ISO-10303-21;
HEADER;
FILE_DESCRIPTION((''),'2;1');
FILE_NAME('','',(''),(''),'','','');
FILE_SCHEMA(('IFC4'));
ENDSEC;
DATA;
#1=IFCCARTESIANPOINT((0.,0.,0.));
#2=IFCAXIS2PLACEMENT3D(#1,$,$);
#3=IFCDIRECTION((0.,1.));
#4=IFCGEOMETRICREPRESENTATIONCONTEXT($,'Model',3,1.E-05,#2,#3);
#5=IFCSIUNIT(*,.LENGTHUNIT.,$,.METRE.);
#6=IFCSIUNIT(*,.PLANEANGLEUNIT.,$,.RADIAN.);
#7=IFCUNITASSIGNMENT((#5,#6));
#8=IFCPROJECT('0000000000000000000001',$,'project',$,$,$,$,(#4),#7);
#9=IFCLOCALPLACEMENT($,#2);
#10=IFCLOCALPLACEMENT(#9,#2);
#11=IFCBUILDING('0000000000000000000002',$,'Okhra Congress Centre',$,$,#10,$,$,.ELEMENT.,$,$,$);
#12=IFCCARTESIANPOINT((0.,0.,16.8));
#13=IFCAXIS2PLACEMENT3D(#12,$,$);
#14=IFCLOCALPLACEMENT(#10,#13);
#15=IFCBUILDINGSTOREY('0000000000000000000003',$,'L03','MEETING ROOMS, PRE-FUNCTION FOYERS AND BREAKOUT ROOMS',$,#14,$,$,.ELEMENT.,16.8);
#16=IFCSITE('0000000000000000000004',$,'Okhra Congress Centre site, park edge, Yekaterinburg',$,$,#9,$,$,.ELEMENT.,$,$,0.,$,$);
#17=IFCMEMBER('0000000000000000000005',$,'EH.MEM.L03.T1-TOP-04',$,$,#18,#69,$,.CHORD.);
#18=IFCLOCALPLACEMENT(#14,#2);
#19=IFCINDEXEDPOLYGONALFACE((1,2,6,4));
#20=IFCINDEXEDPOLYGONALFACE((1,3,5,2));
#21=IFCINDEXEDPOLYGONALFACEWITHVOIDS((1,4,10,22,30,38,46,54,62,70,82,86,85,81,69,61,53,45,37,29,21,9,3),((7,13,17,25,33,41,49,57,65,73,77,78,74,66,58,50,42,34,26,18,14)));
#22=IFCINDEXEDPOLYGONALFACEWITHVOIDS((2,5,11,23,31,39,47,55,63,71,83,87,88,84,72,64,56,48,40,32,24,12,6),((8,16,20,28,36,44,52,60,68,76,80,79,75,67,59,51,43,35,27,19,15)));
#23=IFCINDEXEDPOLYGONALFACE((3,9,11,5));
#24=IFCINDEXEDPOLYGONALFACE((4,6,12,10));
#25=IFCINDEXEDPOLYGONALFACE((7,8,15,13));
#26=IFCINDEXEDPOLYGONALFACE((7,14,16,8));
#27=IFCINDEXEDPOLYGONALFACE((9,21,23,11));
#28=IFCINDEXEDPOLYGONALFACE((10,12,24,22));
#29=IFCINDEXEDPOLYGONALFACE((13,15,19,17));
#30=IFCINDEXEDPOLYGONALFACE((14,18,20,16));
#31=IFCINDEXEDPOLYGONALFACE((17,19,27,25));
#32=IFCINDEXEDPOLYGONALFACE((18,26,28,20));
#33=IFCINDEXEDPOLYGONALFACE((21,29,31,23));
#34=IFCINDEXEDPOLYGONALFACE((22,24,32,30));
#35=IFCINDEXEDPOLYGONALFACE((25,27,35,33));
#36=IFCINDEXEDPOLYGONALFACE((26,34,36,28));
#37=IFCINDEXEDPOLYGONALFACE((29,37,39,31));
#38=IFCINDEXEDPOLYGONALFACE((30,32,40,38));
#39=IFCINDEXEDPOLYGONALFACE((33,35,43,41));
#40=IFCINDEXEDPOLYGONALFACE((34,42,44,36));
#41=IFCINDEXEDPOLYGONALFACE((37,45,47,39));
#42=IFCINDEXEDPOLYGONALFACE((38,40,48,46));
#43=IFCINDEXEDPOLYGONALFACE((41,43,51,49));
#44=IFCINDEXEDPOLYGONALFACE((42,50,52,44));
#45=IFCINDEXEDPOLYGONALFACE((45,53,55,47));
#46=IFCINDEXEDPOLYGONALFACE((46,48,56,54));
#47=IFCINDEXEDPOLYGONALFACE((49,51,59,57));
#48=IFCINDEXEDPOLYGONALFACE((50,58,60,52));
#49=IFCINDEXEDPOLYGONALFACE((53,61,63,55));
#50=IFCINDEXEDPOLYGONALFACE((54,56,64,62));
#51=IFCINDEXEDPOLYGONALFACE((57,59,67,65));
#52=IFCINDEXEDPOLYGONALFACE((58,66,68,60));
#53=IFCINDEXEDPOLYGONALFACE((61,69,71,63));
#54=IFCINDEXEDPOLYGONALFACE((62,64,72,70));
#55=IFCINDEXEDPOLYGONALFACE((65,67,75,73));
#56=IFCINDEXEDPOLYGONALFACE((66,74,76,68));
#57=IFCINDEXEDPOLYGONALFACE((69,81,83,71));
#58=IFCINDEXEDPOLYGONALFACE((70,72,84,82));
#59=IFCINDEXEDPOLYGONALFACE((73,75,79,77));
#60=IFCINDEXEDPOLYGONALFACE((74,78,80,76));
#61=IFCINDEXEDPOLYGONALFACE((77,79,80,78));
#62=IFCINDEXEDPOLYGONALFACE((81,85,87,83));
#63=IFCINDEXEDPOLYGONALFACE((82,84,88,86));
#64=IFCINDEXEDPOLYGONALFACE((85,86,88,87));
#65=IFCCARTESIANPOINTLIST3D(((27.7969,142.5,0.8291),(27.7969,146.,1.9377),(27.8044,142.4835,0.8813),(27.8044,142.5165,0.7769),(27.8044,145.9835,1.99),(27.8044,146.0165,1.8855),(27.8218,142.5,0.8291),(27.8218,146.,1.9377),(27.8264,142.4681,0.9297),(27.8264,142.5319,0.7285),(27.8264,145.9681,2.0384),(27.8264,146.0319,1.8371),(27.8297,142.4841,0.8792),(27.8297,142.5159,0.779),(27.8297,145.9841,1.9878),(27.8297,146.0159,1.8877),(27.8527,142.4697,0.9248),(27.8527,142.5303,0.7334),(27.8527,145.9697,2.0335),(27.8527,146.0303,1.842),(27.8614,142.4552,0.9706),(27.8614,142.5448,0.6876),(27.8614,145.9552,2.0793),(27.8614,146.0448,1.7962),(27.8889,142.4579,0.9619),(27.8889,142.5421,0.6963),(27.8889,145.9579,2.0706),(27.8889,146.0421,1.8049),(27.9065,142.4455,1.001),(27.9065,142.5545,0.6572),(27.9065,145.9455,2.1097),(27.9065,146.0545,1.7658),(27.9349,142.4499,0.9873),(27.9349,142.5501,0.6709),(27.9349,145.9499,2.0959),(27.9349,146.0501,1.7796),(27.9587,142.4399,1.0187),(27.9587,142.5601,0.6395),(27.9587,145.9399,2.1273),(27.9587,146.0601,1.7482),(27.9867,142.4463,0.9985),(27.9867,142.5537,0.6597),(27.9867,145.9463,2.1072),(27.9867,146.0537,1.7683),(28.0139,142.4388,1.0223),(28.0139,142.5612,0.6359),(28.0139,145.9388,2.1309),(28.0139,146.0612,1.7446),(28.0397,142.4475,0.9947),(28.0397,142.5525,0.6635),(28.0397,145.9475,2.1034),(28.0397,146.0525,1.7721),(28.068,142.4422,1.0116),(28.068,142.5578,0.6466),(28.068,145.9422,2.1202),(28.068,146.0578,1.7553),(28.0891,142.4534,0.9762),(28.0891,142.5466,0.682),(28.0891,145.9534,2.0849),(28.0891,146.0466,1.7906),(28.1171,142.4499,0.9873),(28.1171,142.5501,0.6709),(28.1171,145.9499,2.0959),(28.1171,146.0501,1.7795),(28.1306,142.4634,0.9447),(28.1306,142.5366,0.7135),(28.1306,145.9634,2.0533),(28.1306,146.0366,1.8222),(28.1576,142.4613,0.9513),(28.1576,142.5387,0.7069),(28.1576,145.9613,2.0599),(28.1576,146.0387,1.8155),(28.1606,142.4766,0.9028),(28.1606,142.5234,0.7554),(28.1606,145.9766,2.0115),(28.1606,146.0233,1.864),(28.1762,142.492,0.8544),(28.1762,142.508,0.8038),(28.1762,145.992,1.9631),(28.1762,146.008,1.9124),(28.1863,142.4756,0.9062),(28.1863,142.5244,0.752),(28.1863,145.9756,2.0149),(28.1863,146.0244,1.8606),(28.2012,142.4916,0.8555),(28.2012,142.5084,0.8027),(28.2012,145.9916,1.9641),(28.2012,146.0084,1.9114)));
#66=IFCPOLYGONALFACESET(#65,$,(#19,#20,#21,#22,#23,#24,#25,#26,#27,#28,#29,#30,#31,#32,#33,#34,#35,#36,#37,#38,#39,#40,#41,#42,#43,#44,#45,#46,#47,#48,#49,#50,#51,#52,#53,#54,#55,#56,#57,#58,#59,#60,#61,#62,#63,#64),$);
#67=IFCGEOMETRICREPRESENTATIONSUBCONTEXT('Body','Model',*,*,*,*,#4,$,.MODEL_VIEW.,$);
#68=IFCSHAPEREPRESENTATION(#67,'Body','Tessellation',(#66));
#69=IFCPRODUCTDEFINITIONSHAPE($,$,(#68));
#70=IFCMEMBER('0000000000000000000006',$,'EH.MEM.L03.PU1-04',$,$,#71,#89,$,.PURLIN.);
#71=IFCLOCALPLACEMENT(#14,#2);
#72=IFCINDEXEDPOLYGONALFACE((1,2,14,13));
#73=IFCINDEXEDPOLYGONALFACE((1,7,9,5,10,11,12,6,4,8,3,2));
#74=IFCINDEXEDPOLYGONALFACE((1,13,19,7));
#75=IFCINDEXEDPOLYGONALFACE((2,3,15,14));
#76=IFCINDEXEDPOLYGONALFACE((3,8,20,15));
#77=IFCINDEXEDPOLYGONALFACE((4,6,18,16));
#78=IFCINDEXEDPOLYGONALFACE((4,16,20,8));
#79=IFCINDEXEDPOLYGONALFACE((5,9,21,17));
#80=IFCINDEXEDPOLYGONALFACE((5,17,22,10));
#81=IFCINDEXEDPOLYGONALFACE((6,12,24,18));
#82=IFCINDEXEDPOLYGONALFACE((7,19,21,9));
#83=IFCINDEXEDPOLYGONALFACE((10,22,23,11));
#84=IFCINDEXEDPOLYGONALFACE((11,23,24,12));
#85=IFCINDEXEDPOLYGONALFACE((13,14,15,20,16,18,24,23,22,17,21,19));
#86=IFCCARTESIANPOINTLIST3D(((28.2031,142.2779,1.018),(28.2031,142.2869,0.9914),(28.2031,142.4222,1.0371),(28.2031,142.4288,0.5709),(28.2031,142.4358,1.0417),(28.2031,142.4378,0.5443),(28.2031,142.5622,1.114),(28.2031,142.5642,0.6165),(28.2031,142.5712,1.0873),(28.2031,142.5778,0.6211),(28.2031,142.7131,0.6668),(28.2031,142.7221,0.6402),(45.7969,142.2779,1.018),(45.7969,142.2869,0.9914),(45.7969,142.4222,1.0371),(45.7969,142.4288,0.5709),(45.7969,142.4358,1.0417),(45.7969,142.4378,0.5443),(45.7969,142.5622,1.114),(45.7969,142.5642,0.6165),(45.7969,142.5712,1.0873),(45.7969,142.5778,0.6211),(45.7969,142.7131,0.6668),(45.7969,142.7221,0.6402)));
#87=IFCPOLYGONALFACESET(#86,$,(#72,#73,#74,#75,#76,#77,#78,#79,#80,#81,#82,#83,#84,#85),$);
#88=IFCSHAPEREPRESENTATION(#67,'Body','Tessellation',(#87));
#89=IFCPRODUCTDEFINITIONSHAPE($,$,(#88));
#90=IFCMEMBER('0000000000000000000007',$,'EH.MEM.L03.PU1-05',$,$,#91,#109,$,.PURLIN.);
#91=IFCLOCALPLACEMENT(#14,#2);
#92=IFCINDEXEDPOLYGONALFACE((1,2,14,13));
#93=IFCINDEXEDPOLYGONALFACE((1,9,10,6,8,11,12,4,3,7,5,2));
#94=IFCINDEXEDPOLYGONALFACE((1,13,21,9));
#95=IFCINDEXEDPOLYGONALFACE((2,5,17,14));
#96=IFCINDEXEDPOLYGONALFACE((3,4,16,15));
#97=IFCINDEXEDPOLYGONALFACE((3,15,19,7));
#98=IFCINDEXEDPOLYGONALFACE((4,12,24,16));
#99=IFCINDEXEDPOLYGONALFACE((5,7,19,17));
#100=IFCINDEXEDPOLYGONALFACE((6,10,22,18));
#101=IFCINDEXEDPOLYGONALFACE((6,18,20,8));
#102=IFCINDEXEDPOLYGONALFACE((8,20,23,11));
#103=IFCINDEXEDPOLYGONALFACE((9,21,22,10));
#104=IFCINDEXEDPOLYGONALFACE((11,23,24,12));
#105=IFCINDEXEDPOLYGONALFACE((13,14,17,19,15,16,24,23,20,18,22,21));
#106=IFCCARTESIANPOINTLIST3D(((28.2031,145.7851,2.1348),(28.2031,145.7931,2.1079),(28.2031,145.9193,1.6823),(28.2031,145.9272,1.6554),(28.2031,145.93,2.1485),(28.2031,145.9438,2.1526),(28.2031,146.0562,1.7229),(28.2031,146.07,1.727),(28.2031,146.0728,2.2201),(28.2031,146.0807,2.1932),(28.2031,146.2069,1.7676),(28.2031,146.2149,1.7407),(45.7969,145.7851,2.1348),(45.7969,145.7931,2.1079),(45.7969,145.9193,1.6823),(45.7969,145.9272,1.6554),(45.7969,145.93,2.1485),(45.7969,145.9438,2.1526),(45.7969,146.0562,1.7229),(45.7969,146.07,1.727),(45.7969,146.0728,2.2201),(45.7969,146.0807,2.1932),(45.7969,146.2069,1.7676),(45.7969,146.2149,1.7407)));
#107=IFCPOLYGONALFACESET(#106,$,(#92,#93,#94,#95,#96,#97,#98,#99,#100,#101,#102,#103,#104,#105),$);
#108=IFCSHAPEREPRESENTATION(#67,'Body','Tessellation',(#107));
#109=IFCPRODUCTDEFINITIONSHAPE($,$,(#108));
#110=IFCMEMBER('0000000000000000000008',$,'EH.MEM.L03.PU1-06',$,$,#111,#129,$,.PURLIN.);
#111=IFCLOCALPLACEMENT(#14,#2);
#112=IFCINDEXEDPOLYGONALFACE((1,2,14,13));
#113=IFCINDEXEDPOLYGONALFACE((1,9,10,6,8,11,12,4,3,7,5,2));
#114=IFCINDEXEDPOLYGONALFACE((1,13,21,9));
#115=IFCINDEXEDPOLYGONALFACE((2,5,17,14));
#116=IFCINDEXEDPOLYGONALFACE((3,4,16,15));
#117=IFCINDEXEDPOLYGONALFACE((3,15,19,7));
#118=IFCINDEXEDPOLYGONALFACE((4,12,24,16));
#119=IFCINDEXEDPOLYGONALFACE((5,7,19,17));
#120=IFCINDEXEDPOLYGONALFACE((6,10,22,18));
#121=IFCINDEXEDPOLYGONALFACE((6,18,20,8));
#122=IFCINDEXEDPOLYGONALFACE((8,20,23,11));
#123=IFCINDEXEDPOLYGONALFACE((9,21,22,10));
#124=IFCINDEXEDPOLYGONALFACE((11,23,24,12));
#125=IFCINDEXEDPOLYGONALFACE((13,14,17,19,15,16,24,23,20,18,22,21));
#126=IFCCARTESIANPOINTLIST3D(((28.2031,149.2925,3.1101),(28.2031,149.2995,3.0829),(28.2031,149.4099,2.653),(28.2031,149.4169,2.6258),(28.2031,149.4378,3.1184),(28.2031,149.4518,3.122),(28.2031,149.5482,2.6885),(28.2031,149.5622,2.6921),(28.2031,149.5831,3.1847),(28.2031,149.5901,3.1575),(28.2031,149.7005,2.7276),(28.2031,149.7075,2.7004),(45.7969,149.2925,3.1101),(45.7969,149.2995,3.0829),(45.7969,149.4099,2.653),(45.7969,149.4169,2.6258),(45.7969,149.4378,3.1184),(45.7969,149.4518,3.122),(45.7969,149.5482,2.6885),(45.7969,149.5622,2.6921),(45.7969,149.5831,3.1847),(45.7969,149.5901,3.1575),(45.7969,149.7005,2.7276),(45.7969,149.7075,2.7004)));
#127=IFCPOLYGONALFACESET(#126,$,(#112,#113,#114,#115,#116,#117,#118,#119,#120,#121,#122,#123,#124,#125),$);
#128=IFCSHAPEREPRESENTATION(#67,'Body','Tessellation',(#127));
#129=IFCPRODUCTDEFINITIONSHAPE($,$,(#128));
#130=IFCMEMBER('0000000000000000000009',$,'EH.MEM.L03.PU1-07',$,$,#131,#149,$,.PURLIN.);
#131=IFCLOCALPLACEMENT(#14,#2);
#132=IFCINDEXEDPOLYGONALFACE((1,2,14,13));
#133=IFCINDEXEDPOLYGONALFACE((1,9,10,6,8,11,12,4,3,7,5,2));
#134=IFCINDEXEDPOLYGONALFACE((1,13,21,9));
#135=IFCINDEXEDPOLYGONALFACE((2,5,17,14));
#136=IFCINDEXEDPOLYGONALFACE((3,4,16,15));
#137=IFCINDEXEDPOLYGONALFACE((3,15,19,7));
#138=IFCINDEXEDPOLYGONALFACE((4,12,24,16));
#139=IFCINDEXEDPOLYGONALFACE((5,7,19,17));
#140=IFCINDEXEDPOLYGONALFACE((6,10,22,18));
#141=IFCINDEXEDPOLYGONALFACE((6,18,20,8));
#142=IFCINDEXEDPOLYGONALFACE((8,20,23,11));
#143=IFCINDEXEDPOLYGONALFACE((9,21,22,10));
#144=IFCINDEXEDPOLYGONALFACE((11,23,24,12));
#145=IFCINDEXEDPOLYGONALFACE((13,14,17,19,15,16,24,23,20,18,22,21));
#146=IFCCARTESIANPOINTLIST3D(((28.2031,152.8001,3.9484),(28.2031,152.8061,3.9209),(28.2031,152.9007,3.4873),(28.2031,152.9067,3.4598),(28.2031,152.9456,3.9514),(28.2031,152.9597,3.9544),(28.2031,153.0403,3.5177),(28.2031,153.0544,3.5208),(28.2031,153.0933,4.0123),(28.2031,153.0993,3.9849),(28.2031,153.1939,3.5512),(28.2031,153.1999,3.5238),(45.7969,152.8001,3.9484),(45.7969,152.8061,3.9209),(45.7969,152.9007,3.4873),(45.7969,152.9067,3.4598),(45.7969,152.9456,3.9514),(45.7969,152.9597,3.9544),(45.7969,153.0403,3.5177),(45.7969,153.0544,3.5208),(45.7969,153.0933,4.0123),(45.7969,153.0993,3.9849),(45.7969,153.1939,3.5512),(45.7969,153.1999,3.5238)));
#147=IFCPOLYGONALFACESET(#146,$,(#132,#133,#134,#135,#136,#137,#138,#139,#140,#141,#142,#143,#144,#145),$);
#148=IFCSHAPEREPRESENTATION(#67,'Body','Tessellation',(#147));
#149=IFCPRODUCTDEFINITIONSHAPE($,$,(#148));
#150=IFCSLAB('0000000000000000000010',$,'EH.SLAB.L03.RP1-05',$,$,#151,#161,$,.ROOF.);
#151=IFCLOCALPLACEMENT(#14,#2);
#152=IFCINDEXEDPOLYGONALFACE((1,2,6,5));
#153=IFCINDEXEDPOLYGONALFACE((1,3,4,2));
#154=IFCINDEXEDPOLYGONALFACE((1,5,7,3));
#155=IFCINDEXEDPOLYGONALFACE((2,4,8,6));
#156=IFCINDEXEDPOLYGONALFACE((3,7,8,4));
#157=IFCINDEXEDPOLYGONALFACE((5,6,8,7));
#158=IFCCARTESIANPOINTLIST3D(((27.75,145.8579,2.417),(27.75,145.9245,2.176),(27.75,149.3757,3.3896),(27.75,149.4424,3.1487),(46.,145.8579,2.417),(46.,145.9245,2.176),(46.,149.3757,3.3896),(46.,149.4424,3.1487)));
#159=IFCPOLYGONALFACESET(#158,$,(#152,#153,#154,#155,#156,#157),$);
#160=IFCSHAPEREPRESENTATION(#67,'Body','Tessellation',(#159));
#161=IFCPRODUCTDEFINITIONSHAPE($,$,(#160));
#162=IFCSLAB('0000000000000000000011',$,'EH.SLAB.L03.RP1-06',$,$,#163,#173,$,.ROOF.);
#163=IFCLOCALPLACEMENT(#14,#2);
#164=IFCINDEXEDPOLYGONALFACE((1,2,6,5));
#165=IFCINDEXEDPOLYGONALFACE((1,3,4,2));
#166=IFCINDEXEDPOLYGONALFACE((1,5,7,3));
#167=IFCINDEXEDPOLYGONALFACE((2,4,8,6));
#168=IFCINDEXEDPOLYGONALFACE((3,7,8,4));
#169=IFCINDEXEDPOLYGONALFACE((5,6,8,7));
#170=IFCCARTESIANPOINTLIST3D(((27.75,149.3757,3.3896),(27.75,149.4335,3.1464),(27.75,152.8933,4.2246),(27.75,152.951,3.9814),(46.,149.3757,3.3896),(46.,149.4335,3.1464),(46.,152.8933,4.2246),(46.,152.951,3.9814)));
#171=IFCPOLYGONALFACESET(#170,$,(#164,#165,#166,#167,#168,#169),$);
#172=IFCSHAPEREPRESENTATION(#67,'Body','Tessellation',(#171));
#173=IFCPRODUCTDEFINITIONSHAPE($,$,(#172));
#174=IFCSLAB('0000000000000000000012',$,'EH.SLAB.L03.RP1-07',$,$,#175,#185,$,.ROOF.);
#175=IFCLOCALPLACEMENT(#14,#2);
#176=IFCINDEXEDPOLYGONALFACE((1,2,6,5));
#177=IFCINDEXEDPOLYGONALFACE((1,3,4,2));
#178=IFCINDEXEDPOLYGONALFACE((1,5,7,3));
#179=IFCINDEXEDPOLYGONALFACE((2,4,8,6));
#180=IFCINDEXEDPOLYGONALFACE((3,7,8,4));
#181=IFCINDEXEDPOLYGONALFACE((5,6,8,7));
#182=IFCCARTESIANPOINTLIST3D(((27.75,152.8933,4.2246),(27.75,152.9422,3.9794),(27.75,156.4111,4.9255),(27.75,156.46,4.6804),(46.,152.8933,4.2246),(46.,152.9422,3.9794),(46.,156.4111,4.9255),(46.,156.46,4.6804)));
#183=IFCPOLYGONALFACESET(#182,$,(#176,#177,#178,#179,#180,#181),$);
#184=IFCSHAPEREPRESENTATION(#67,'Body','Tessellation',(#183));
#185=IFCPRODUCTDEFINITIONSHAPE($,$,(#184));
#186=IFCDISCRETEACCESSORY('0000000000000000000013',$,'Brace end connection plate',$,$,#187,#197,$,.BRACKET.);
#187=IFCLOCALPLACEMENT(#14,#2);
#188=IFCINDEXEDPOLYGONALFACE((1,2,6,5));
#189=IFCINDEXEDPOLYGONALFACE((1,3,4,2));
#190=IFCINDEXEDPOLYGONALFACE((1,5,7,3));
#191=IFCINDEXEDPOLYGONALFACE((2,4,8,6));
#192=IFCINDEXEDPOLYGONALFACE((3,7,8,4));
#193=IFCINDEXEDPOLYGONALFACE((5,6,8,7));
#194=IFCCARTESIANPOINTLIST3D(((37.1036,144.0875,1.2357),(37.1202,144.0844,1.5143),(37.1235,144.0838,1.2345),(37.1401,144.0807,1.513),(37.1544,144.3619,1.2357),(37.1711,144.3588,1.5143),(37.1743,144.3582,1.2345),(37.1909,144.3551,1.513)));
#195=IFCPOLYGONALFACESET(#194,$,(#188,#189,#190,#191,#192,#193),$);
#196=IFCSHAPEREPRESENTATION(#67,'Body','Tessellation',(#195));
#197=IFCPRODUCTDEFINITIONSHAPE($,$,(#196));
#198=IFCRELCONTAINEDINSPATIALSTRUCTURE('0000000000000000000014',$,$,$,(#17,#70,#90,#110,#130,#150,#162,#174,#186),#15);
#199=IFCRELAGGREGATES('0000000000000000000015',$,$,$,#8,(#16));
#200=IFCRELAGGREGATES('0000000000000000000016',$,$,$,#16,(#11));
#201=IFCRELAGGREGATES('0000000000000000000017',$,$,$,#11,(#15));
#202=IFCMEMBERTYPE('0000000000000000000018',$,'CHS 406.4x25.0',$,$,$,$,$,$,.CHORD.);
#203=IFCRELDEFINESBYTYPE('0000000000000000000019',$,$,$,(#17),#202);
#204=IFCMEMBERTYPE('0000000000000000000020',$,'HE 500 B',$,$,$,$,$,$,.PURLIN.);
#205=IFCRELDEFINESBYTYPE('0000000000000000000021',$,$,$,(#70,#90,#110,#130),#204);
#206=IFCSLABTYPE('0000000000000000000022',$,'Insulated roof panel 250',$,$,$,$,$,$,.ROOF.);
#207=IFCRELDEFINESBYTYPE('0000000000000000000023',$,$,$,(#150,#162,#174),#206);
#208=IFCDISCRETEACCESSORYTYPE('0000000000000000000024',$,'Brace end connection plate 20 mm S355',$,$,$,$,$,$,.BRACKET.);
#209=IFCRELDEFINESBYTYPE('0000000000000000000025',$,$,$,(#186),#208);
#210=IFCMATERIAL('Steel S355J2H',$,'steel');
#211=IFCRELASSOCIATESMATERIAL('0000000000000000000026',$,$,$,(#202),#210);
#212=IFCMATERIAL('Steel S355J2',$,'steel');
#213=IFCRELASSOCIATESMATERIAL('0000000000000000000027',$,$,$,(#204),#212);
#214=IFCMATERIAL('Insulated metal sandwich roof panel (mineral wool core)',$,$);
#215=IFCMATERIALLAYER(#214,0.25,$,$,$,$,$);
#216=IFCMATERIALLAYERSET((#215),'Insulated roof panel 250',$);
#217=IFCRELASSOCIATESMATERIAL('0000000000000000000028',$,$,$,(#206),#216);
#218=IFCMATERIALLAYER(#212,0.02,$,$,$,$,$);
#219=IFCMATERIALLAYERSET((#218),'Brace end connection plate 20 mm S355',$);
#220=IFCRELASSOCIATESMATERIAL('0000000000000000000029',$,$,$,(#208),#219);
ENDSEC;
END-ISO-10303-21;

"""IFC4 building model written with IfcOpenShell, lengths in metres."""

from ifc_helpers import new_model, si_unit, direction, frame, origin, origin_2d, place, context, subcontext, project, spatial, polyline, rectangle, hollow_circle, i_section, outline, extrude, material, layer, layer_set, material_profile, profile_set, type_object, element, save


model = new_model("IFC4")

# Units and contexts
model_context = context("Model", 3, precision=1e-05, world=origin(), true_north=direction((0.0, 1.0)))
body_context = subcontext(model_context, "Body", "Model", "MODEL_VIEW")
ifc_project = project(units=[si_unit("LENGTHUNIT", "METRE"), si_unit("PLANEANGLEUNIT", "RADIAN")], contexts=[model_context])

# Site, building, storey
site_placement = place(None, origin())
site = spatial("IfcSite", under=ifc_project, at=site_placement, Name="Okhra Congress Centre site, park edge, Yekaterinburg", CompositionType="ELEMENT", RefElevation=0.0)
building_placement = place(site_placement, origin())
building = spatial("IfcBuilding", under=site, at=building_placement, Name="Okhra Congress Centre", CompositionType="ELEMENT")
storey_placement = place(building_placement, frame((0.0, 0.0, 16.8)))
storey = spatial("IfcBuildingStorey", under=building, at=storey_placement, Name="L03", Description="MEETING ROOMS, PRE-FUNCTION FOYERS AND BREAKOUT ROOMS", CompositionType="ELEMENT", Elevation=16.8)

# Members
ifc_material_1 = material(Name="Steel S355J2H", Category="steel")
ifc_material_profile_1 = material_profile(ifc_material_1, hollow_circle(Radius=0.2031, WallThickness=0.0249, at=origin_2d()), Name="CHS 406.4x25.0")
ifc_profile_set_1 = profile_set([ifc_material_profile_1], Name="Steel S355J2H")
member_type_1 = type_object("IfcMemberType", Name="CHS 406.4x25.0", PredefinedType="CHORD", material=ifc_profile_set_1)
member_1_placement = place(storey_placement, frame((28.0, 142.5, 0.8291), z_axis=(0.0, 0.953318, 0.301968), x_axis=(-1.0, 0.0, 0.0)))
element("IfcMember", 1, at=member_1_placement, inside=storey, type_object=member_type_1, Name="EH.MEM.L03.T1-TOP-04", PredefinedType="CHORD", context=body_context, shape_type="SweptSolid", body=[
    extrude(hollow_circle(Radius=0.2031, WallThickness=0.0249, at=origin_2d()), origin(), (0.0, 0.0, 1.0), 3.6714),
])
ifc_material_2 = material(Name="Steel S355J2", Category="steel")
ifc_material_profile_2 = material_profile(ifc_material_2, i_section(OverallWidth=0.3, OverallDepth=0.5, WebThickness=0.0144, FlangeThickness=0.0281, at=origin_2d()), Name="HE 500 B")
ifc_profile_set_2 = profile_set([ifc_material_profile_2], Name="Steel S355J2")
member_type_2 = type_object("IfcMemberType", Name="HE 500 B", PredefinedType="PURLIN", material=ifc_profile_set_2)
for number, where, z_axis, x_axis, name in (
    (2, (28.2031, 142.5, 0.8291), (1.0, 0.0, 0.0), (0.0, 0.947481, 0.319813), "EH.MEM.L03.PU1-04"),
    (3, (28.2031, 146.0, 1.9377), (1.0, 0.0, 0.0), (0.0, 0.958743, 0.284276), "EH.MEM.L03.PU1-05"),
    (4, (28.2031, 149.5, 2.9053), (1.0, 0.0, 0.0), (0.0, 0.96857, 0.248739), "EH.MEM.L03.PU1-06"),
    (5, (28.2031, 153.0, 3.7361), (1.0, 0.0, 0.0), (0.0, 0.977008, 0.213204), "EH.MEM.L03.PU1-07"),
):
    element("IfcMember", number, at=place(storey_placement, frame(where, z_axis=z_axis, x_axis=x_axis)), inside=storey, type_object=member_type_2, Name=name, PredefinedType="PURLIN", context=body_context, shape_type="SweptSolid", body=[
        extrude(i_section(OverallWidth=0.3, OverallDepth=0.5, WebThickness=0.0144, FlangeThickness=0.0281, at=origin_2d()), origin(), (0.0, 0.0, 1.0), 17.5938),
    ])

# Slabs
ifc_material_3 = material(Name="Insulated metal sandwich roof panel (mineral wool core)")
ifc_layer_1 = layer(ifc_material_3, 0.25)
ifc_layer_set_1 = layer_set([ifc_layer_1], Name="Insulated roof panel 250")
slab_type = type_object("IfcSlabType", Name="Insulated roof panel 250", PredefinedType="ROOF", material=ifc_layer_set_1)
slab_1_placement = place(storey_placement, frame((27.75, 145.8579, 2.417), z_axis=(0.0, -0.266495, 0.963836), x_axis=(1.0, 0.0, 0.0)))
element("IfcSlab", 6, at=slab_1_placement, inside=storey, type_object=slab_type, Name="EH.SLAB.L03.RP1-05", PredefinedType="ROOF", context=body_context, shape_type="SweptSolid", body=[
    extrude(outline(polyline([(0.0, 0.0), (18.25, 0.0), (18.25, 3.6498), (0.0, 3.6498), (0.0, 0.0)])), origin(), (0.0, 0.0, -1.0), 0.25),
])
slab_2_placement = place(storey_placement, frame((27.75, 149.3757, 3.3896), z_axis=(0.0, -0.230951, 0.972965), x_axis=(1.0, 0.0, 0.0)))
element("IfcSlab", 7, at=slab_2_placement, inside=storey, type_object=slab_type, Name="EH.SLAB.L03.RP1-06", PredefinedType="ROOF", context=body_context, shape_type="SweptSolid", body=[
    extrude(outline(polyline([(0.0, 0.0), (18.25, 0.0), (18.25, 3.6153), (0.0, 3.6153), (0.0, 0.0)])), origin(), (0.0, 0.0, -1.0), 0.25),
])
slab_3_placement = place(storey_placement, frame((27.75, 152.8933, 4.2246), z_axis=(0.0, -0.195409, 0.980722), x_axis=(1.0, 0.0, 0.0)))
element("IfcSlab", 8, at=slab_3_placement, inside=storey, type_object=slab_type, Name="EH.SLAB.L03.RP1-07", PredefinedType="ROOF", context=body_context, shape_type="SweptSolid", body=[
    extrude(outline(polyline([(0.0, 0.0), (18.25, 0.0), (18.25, 3.587), (0.0, 3.587), (0.0, 0.0)])), origin(), (0.0, 0.0, -1.0), 0.25),
])

# Discrete accessory
ifc_layer_2 = layer(ifc_material_2, 0.02)
ifc_layer_set_2 = layer_set([ifc_layer_2], Name="Brace end connection plate 20 mm S355")
discrete_accessory_type_1 = type_object("IfcDiscreteAccessoryType", Name="Brace end connection plate 20 mm S355", PredefinedType="BRACKET", material=ifc_layer_set_2)
for number, where, z_axis, x_axis, name in (
    (9, (37.1572, 144.2195, 1.3738), (-0.981476, 0.181755, 0.060585), (-0.182089, -0.983282, 0.0), "Brace end connection plate"),
):
    element("IfcDiscreteAccessory", number, at=place(storey_placement, frame(where, z_axis=z_axis, x_axis=x_axis)), inside=storey, type_object=discrete_accessory_type_1, Name=name, PredefinedType="BRACKET", context=body_context, shape_type="SweptSolid", body=[
        extrude(rectangle(XDim=0.2791, YDim=0.2791, at=origin_2d()), origin(), (0.0, 0.0, 1.0), 0.0203),
    ])

save(model, "model.ifc")
